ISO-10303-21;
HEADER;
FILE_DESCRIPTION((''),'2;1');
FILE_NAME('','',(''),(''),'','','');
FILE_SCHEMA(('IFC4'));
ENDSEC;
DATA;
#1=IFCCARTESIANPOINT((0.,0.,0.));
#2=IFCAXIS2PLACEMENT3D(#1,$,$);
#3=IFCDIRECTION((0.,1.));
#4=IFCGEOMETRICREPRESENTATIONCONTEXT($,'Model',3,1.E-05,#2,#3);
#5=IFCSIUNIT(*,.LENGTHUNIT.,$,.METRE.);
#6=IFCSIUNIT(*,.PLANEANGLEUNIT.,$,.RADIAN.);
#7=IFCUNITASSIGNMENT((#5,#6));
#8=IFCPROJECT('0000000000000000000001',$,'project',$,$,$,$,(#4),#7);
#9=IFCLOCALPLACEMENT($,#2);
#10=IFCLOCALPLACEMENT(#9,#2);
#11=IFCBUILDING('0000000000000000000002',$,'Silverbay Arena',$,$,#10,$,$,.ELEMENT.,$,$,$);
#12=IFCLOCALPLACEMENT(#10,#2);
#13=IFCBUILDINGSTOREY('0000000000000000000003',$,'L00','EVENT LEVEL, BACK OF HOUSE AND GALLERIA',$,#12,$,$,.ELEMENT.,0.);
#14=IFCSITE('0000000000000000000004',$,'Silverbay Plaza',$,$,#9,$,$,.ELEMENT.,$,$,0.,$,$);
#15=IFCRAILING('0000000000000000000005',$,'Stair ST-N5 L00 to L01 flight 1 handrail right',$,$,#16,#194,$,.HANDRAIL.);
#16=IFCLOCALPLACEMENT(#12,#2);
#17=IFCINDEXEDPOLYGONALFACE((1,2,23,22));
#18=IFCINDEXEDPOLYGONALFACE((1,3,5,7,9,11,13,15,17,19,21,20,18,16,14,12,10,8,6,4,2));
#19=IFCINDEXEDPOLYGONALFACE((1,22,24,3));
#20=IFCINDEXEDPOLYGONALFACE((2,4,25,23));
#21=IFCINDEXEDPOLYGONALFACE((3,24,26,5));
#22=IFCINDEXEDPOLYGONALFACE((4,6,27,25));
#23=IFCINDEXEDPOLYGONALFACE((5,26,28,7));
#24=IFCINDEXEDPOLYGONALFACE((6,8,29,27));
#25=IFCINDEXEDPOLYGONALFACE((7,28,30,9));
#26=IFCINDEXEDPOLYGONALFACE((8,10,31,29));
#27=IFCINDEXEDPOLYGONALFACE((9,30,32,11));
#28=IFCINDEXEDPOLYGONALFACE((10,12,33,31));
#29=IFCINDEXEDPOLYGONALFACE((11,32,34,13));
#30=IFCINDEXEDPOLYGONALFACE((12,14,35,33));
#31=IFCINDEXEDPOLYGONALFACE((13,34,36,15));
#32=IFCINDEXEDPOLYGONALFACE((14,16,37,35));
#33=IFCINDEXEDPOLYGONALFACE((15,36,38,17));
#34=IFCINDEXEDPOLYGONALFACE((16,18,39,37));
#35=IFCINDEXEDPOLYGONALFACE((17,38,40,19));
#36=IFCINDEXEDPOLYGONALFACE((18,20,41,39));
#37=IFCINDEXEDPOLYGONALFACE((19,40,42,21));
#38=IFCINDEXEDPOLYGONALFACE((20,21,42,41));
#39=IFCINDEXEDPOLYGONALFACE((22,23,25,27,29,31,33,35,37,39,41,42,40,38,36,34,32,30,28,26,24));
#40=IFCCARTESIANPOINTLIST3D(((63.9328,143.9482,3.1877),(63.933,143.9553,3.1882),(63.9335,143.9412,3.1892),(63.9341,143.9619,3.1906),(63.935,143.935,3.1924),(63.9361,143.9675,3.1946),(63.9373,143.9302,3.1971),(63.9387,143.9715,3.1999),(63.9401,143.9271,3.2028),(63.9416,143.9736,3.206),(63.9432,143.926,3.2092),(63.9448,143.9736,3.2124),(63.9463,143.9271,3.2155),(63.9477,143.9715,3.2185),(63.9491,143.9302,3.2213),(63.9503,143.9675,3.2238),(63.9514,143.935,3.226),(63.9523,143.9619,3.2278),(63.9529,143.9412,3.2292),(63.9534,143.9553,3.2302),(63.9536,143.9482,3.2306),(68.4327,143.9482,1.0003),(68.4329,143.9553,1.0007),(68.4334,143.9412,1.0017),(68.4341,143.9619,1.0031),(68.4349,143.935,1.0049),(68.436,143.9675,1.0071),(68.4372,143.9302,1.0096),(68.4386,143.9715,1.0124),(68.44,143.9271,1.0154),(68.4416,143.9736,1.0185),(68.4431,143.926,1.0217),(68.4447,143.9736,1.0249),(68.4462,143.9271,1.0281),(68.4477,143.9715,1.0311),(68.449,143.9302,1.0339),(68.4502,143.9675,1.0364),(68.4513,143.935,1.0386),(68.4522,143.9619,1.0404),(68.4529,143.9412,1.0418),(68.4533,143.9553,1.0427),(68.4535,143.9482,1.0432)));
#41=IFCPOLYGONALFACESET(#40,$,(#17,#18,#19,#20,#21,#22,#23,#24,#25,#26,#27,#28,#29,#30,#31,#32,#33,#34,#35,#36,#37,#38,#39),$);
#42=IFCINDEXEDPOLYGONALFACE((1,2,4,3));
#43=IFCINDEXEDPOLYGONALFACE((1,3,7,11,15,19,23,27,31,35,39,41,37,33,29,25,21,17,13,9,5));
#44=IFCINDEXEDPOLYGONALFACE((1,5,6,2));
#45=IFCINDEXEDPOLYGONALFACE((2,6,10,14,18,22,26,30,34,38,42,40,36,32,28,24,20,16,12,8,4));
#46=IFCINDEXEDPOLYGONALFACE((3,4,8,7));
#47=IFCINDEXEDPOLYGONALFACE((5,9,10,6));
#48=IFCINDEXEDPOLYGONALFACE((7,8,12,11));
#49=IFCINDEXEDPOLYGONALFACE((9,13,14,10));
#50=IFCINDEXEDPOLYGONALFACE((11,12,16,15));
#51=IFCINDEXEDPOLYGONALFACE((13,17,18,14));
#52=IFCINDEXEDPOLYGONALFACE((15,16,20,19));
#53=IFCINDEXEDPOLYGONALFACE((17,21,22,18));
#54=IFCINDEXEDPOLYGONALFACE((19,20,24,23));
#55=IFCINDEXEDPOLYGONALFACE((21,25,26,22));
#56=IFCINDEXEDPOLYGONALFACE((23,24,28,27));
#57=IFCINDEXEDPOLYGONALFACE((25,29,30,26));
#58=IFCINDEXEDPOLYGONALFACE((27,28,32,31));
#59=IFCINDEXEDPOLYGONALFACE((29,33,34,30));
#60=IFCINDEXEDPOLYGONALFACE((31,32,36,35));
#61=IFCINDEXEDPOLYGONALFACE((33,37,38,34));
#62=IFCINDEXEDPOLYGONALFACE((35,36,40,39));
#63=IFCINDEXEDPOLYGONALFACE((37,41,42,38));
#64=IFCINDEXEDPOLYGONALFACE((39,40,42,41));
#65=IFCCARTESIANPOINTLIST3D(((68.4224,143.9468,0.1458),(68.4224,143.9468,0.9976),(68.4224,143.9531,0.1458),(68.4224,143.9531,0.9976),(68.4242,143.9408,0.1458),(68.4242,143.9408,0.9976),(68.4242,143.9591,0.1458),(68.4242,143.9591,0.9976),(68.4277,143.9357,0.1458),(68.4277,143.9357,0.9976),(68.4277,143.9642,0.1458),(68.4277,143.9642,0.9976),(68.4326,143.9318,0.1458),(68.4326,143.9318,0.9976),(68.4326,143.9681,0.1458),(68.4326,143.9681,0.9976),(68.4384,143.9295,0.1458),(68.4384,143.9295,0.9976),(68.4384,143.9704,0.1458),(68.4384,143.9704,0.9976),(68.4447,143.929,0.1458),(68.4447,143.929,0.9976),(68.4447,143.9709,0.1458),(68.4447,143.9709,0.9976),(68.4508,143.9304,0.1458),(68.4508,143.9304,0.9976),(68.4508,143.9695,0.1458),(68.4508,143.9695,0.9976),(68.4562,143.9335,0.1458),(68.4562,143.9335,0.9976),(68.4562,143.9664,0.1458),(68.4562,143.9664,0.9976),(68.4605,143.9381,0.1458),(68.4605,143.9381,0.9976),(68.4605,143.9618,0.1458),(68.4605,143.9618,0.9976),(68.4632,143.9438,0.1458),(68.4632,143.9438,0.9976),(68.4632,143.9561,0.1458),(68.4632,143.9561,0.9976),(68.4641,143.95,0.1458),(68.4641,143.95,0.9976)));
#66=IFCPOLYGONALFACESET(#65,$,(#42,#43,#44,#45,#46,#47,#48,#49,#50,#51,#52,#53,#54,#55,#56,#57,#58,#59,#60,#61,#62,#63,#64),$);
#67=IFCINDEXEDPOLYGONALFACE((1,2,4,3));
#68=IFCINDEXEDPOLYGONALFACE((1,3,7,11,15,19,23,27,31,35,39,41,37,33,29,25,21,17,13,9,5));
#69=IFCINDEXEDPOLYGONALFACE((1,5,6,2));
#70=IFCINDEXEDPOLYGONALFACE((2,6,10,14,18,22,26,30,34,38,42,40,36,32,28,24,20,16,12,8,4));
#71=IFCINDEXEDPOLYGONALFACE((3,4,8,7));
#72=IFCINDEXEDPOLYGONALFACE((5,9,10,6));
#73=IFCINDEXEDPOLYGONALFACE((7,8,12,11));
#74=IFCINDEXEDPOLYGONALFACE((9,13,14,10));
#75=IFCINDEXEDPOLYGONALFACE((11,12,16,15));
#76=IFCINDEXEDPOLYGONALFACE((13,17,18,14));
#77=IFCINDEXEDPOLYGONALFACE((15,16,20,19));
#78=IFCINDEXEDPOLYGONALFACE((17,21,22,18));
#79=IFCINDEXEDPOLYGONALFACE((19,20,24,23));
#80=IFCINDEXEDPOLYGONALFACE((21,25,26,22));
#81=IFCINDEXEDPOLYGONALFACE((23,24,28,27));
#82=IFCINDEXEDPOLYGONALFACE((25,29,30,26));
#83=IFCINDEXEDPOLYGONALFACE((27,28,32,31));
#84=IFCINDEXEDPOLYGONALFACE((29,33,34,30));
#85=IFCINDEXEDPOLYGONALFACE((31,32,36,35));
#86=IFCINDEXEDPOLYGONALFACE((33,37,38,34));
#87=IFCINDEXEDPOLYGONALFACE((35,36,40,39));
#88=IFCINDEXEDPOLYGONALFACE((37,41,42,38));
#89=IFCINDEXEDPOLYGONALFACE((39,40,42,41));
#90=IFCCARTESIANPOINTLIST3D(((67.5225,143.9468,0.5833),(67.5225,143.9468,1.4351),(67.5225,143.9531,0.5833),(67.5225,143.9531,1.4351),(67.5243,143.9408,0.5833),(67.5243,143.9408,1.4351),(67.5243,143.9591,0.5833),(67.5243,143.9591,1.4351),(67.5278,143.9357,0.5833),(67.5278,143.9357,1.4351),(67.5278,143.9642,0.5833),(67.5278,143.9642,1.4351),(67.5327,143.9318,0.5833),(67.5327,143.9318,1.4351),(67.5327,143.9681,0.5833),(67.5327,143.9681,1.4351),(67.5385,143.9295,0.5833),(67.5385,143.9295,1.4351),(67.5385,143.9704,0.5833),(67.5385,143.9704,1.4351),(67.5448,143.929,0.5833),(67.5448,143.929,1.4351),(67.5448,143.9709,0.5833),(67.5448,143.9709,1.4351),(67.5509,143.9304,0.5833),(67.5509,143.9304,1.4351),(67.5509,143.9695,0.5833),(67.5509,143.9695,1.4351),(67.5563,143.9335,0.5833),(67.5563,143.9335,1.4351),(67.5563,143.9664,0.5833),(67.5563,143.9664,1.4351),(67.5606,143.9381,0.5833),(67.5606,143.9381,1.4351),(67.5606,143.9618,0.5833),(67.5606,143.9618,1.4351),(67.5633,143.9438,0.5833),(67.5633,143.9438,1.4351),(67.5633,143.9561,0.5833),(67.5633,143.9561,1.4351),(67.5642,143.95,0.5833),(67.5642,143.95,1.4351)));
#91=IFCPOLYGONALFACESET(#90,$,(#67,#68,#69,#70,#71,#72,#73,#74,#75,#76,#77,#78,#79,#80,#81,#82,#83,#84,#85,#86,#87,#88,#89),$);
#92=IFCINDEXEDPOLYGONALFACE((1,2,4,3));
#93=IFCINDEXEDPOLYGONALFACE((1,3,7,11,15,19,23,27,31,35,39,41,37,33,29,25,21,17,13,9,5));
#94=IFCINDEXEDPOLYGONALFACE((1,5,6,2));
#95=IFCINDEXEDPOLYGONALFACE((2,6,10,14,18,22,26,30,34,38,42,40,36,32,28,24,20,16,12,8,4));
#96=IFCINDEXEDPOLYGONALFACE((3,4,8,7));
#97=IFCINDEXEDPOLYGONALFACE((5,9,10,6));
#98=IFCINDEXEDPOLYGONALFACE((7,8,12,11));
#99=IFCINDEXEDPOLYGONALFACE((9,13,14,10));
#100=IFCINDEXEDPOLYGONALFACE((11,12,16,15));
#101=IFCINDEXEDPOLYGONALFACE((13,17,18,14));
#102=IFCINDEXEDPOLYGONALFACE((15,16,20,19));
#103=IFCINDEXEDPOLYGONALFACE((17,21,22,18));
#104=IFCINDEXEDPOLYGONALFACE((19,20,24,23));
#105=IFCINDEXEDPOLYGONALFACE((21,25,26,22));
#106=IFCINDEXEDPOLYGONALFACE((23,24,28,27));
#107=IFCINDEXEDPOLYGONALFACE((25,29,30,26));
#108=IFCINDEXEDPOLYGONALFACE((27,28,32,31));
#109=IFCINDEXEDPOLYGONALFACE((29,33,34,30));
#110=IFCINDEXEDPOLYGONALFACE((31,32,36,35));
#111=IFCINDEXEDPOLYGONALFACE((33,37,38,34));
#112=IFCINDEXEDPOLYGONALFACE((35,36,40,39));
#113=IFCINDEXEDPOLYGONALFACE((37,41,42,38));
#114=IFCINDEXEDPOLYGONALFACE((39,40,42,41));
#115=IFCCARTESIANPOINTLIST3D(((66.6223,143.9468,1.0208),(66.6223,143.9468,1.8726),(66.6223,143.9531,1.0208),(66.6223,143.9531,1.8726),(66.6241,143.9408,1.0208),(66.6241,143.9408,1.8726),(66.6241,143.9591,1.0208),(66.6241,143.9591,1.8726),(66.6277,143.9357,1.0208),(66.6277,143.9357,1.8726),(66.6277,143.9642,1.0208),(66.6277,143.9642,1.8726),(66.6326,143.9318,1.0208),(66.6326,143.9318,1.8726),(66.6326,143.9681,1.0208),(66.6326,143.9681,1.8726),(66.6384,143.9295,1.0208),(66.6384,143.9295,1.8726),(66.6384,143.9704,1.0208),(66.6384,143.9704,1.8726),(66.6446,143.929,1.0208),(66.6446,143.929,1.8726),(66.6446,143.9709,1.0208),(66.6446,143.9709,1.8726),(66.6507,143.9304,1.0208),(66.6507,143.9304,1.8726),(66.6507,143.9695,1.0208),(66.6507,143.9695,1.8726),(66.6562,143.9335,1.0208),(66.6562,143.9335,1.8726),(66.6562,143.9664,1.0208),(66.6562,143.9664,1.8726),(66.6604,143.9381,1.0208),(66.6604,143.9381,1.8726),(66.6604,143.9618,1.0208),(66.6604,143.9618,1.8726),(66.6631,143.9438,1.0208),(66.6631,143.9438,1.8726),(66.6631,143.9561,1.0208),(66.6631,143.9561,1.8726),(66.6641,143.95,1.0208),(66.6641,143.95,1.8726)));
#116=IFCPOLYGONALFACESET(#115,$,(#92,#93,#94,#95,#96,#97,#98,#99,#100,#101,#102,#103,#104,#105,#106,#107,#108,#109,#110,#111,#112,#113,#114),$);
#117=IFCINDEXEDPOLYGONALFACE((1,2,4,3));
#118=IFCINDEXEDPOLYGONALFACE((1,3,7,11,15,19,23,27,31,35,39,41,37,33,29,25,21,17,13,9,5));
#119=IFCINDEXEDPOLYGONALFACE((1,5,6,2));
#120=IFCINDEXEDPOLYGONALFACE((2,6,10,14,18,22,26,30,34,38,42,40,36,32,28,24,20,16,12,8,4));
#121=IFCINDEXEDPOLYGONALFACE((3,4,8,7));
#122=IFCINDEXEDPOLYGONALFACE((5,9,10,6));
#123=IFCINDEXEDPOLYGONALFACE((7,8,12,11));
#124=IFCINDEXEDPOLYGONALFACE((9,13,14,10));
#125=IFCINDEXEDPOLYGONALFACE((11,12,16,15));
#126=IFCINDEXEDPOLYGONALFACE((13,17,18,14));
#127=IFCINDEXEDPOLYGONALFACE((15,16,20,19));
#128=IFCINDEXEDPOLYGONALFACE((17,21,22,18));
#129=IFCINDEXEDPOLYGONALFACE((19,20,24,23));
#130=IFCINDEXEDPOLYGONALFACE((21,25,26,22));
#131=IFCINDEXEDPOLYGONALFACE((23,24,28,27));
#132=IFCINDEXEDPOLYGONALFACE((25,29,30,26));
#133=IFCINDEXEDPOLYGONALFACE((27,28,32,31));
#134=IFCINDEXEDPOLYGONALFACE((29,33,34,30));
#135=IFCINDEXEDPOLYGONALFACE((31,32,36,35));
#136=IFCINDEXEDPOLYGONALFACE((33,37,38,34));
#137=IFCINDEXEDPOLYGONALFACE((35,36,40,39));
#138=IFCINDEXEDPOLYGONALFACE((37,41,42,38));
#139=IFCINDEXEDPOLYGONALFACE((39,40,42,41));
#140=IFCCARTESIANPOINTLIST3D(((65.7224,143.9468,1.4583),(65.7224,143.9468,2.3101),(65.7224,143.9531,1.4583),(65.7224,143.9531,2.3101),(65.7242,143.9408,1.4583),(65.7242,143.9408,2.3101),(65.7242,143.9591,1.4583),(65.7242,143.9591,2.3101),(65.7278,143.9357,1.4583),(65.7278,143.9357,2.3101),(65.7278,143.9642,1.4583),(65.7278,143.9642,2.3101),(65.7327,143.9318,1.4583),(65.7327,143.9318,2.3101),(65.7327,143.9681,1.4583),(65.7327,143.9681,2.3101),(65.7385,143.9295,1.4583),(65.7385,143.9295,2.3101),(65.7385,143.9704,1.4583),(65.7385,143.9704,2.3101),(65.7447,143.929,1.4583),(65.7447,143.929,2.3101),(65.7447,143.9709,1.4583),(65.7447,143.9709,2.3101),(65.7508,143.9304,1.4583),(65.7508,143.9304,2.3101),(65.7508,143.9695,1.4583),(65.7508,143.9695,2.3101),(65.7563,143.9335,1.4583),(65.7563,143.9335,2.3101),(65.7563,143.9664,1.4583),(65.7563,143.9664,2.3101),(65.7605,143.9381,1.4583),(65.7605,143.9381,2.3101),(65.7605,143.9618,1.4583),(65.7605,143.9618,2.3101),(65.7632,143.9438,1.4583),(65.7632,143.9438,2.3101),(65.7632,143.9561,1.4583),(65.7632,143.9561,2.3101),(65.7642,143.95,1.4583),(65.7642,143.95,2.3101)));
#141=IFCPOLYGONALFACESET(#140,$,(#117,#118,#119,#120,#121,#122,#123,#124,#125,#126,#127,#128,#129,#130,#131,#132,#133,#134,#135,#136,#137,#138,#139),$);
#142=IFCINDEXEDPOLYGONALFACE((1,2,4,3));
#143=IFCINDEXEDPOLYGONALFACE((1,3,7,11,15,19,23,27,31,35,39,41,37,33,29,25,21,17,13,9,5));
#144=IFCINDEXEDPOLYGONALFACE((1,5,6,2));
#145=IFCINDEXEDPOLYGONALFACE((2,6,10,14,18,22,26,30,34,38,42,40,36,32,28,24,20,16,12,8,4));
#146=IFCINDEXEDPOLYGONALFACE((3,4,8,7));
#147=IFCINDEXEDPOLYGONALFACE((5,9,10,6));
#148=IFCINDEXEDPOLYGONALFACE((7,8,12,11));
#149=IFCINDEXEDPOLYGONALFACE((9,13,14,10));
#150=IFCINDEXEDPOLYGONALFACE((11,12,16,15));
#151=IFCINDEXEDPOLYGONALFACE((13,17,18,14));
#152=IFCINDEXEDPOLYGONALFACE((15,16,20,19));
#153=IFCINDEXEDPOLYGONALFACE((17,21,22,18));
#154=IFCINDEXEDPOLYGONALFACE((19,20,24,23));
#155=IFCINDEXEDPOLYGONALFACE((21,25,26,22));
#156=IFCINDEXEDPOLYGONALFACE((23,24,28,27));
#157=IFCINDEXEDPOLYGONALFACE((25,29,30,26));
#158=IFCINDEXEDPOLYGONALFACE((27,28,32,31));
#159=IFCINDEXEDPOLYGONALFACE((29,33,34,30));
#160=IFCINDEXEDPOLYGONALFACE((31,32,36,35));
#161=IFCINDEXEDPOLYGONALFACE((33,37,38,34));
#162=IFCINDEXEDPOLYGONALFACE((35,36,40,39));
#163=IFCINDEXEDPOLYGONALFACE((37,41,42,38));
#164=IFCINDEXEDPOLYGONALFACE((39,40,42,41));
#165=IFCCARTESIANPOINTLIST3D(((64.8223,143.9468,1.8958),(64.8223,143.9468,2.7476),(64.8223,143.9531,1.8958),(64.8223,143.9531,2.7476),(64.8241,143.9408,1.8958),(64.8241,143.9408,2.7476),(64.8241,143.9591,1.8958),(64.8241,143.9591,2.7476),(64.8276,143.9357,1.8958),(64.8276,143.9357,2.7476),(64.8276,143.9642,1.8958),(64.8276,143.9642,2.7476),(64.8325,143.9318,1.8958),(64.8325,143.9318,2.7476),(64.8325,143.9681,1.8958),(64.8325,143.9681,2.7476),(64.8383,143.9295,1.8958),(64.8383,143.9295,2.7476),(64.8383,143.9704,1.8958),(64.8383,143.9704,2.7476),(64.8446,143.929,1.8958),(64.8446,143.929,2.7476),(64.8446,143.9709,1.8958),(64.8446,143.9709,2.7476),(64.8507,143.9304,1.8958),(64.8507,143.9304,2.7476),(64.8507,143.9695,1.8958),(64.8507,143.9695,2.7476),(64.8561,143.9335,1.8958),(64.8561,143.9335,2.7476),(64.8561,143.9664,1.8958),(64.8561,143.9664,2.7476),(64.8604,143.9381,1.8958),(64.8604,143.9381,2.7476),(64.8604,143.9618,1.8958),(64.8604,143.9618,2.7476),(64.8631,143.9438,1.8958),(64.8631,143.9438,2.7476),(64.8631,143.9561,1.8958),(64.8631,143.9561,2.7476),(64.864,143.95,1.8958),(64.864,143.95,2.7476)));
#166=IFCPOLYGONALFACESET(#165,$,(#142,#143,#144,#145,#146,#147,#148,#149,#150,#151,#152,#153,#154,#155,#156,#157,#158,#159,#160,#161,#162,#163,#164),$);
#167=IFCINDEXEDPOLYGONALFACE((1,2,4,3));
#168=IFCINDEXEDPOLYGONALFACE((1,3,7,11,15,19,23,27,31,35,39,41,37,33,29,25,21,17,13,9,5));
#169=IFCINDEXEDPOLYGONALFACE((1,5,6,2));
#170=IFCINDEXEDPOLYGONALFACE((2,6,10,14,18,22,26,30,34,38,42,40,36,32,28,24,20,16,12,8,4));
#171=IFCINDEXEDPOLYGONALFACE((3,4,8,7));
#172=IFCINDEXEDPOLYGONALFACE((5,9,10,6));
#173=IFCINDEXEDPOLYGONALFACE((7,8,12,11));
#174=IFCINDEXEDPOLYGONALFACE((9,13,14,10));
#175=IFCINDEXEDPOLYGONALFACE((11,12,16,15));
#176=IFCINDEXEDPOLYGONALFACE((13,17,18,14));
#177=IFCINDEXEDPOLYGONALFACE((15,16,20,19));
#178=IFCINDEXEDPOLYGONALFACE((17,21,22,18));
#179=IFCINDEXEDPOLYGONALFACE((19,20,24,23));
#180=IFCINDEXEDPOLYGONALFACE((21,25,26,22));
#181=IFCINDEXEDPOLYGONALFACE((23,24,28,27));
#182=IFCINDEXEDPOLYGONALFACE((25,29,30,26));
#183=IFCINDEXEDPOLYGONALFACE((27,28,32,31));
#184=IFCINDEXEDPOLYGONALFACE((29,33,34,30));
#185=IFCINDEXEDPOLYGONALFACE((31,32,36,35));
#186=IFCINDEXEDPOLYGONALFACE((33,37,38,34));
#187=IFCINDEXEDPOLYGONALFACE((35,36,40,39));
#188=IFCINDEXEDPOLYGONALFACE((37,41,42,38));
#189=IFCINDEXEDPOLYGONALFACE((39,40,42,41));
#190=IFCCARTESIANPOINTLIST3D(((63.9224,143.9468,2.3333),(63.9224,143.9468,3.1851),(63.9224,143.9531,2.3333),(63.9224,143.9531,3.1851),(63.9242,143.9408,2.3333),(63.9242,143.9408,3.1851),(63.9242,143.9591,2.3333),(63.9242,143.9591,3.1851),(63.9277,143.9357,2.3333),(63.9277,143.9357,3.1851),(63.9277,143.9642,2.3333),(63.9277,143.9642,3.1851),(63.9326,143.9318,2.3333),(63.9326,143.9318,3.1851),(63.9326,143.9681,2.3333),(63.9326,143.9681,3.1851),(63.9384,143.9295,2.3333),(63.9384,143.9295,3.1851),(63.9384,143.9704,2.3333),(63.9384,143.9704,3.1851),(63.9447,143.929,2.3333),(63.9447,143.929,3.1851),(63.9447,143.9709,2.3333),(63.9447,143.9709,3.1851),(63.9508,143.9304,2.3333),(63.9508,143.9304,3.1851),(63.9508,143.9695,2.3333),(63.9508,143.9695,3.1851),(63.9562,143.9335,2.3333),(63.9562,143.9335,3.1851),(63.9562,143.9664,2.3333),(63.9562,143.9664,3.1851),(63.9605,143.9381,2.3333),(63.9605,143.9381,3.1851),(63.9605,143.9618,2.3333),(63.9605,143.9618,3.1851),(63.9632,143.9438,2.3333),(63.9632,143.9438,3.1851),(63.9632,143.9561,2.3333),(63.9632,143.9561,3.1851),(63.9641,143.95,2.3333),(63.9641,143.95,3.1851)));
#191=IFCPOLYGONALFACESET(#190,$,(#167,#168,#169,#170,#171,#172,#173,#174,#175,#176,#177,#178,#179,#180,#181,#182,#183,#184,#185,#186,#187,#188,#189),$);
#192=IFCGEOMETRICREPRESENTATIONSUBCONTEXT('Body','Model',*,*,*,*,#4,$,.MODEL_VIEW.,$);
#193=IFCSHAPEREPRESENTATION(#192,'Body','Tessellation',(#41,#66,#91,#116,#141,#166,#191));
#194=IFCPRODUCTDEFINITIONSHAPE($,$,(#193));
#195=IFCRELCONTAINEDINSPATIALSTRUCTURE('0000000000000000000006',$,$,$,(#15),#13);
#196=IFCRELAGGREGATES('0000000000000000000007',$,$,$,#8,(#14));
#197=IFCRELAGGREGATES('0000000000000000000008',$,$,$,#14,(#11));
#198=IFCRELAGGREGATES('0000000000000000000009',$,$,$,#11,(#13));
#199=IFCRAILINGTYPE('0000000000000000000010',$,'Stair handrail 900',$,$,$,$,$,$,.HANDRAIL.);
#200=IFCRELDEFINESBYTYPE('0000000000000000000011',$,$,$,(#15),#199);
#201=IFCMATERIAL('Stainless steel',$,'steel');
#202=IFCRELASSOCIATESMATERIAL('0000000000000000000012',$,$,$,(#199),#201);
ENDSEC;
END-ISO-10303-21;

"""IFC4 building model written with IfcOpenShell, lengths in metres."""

from ifc_helpers import new_model, si_unit, direction, frame, origin, origin_2d, place, context, subcontext, project, spatial, circle, extrude, material, type_object, element, save


model = new_model("IFC4")

# Units and contexts
model_context = context("Model", 3, precision=1e-05, world=origin(), true_north=direction((0.0, 1.0)))
body_context = subcontext(model_context, "Body", "Model", "MODEL_VIEW")
ifc_project = project(units=[si_unit("LENGTHUNIT", "METRE"), si_unit("PLANEANGLEUNIT", "RADIAN")], contexts=[model_context])

# Site, building, storey
site_placement = place(None, origin())
site = spatial("IfcSite", under=ifc_project, at=site_placement, Name="Silverbay Plaza", CompositionType="ELEMENT", RefElevation=0.0)
building_placement = place(site_placement, origin())
building = spatial("IfcBuilding", under=site, at=building_placement, Name="Silverbay Arena", CompositionType="ELEMENT")
storey_placement = place(building_placement, origin())
storey = spatial("IfcBuildingStorey", under=building, at=storey_placement, Name="L00", Description="EVENT LEVEL, BACK OF HOUSE AND GALLERIA", CompositionType="ELEMENT", Elevation=0.0)

# Railing
ifc_material_1 = material(Name="Stainless steel", Category="steel")
railing_type_1 = type_object("IfcRailingType", Name="Stair handrail 900", PredefinedType="HANDRAIL", material=ifc_material_1)
for number, where, name in (
    (1, (68.4431, 143.95, 0.1458), "Stair ST-N5 L00 to L01 flight 1 handrail right"),
):
    element("IfcRailing", number, at=place(storey_placement, frame(where)), inside=storey, type_object=railing_type_1, Name=name, PredefinedType="HANDRAIL", context=body_context, shape_type="SweptSolid", body=[
        extrude(circle(Radius=0.0239, at=origin_2d()), frame((0.0, 0.0, 0.876), z_axis=(-0.899368, 0.0, 0.437193), x_axis=(0.0, -1.0, 0.0)), (0.0, 0.0, 1.0), 5.0034),
        extrude(circle(Radius=0.021, at=origin_2d()), origin(), (0.0, 0.0, 1.0), 0.8518),
        extrude(circle(Radius=0.021, at=origin_2d()), frame((-0.8999, 0.0, 0.4375)), (0.0, 0.0, 1.0), 0.8518),
        extrude(circle(Radius=0.021, at=origin_2d()), frame((-1.8, 0.0, 0.875)), (0.0, 0.0, 1.0), 0.8518),
        extrude(circle(Radius=0.021, at=origin_2d()), frame((-2.7, 0.0, 1.3125)), (0.0, 0.0, 1.0), 0.8518),
        extrude(circle(Radius=0.021, at=origin_2d()), frame((-3.6001, 0.0, 1.75)), (0.0, 0.0, 1.0), 0.8518),
        extrude(circle(Radius=0.021, at=origin_2d()), frame((-4.5, 0.0, 2.1875)), (0.0, 0.0, 1.0), 0.8518),
    ])

save(model, "model.ifc")
